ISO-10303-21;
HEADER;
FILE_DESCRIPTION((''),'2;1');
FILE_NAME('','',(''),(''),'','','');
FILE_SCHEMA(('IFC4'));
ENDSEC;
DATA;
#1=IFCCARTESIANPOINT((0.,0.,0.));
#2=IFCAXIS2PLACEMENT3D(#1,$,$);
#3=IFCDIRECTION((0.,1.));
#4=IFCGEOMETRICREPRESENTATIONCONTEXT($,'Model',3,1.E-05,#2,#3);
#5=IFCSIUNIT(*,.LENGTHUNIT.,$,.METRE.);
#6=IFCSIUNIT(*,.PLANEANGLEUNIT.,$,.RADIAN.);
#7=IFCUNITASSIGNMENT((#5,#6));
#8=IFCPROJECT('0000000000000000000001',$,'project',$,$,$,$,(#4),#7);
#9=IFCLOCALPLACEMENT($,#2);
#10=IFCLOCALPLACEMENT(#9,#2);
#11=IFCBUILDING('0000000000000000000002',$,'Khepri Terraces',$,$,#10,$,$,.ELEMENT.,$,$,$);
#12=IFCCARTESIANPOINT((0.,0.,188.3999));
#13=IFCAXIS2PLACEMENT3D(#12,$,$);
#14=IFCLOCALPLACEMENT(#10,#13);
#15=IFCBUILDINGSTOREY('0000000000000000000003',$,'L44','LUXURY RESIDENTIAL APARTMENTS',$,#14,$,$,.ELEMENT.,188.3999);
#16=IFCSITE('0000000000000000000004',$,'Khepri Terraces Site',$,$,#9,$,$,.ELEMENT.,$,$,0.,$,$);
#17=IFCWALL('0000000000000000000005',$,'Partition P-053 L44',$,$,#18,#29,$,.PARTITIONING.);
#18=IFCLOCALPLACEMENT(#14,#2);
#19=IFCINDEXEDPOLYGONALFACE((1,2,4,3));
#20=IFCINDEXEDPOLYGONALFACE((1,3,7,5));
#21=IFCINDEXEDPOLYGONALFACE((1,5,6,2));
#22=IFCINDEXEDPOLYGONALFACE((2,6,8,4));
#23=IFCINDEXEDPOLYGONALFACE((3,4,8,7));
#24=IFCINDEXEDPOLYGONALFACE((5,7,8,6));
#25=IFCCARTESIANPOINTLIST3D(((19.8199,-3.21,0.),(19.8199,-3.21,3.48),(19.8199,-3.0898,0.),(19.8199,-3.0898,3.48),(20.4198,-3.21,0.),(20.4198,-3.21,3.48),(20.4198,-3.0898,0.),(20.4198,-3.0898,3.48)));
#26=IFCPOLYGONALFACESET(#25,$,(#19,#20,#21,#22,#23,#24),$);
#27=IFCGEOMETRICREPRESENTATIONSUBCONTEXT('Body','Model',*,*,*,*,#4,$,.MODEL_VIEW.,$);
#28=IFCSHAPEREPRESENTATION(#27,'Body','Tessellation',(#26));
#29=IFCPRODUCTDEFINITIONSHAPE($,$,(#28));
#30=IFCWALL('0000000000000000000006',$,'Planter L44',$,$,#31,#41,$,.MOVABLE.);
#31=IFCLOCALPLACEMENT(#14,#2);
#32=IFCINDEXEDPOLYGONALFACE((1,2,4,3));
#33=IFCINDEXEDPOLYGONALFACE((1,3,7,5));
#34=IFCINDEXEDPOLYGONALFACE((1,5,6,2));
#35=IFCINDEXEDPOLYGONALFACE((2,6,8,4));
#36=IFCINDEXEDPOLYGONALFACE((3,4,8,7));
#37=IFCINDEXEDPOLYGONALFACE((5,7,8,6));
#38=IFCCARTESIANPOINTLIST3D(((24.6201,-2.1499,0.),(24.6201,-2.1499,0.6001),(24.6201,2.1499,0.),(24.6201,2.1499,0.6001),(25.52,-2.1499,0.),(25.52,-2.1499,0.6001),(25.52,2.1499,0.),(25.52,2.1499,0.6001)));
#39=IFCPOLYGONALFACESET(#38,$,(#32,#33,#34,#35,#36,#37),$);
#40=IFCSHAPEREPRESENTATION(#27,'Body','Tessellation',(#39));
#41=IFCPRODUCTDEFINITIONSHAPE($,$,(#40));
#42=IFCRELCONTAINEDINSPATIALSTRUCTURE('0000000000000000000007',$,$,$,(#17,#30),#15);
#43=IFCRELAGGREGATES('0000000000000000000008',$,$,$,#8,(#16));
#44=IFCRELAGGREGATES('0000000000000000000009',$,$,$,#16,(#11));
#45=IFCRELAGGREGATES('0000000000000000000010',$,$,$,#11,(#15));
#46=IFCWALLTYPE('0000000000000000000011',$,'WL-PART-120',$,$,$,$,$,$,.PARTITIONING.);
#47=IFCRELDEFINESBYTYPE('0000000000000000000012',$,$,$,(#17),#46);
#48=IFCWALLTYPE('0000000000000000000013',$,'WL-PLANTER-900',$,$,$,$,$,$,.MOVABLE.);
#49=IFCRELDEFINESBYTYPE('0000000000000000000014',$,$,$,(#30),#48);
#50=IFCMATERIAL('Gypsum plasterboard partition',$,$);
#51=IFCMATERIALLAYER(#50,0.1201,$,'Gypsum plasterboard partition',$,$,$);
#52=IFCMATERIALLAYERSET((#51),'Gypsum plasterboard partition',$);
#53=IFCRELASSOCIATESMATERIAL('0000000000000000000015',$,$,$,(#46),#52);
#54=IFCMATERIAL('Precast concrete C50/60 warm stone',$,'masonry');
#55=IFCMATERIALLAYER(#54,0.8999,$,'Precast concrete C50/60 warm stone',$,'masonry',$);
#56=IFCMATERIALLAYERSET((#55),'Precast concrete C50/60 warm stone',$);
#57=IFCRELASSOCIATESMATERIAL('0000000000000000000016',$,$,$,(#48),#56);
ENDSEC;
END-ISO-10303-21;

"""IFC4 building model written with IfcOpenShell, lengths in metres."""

from ifc_helpers import new_model, si_unit, direction, frame, frame_2d, origin, place, context, subcontext, project, spatial, rectangle, extrude, material, layer, layer_set, type_object, element, save


model = new_model("IFC4")

# Units and contexts
model_context = context("Model", 3, precision=1e-05, world=origin(), true_north=direction((0.0, 1.0)))
body_context = subcontext(model_context, "Body", "Model", "MODEL_VIEW")
ifc_project = project(units=[si_unit("LENGTHUNIT", "METRE"), si_unit("PLANEANGLEUNIT", "RADIAN")], contexts=[model_context])

# Site, building, storey
site_placement = place(None, origin())
site = spatial("IfcSite", under=ifc_project, at=site_placement, Name="Khepri Terraces Site", CompositionType="ELEMENT", RefElevation=0.0)
building_placement = place(site_placement, origin())
building = spatial("IfcBuilding", under=site, at=building_placement, Name="Khepri Terraces", CompositionType="ELEMENT")
storey_placement = place(building_placement, frame((0.0, 0.0, 188.3999)))
storey = spatial("IfcBuildingStorey", under=building, at=storey_placement, Name="L44", Description="LUXURY RESIDENTIAL APARTMENTS", CompositionType="ELEMENT", Elevation=188.3999)

# Shared definitions
ifc_material_1 = material(Name="Precast concrete C50/60 warm stone", Category="masonry")

# Shared definitions
ifc_material_2 = material(Name="Gypsum plasterboard partition")
ifc_layer_1 = layer(ifc_material_2, 0.1201, Name="Gypsum plasterboard partition")
ifc_layer_set_1 = layer_set([ifc_layer_1], Name="Gypsum plasterboard partition")
wall_type_1 = type_object("IfcWallType", Name="WL-PART-120", PredefinedType="PARTITIONING", material=ifc_layer_set_1)

# Walls
wall_1_placement = place(storey_placement, frame((19.8201, -3.1499, 0.0), z_axis=(0.0, 0.0, 1.0), x_axis=(1.0, 0.0, 0.0)))
element("IfcWall", 1, at=wall_1_placement, inside=storey, type_object=wall_type_1, Name="Partition P-053 L44", PredefinedType="PARTITIONING", context=body_context, shape_type="SweptSolid", body=[
    extrude(rectangle(XDim=0.5999, YDim=0.1201, at=frame_2d((0.2998, 0.0))), origin(), (0.0, 0.0, 1.0), 3.48),
])
ifc_layer_2 = layer(ifc_material_1, 0.8999, Name="Precast concrete C50/60 warm stone", Category="masonry")
ifc_layer_set_2 = layer_set([ifc_layer_2], Name="Precast concrete C50/60 warm stone")
wall_type_2 = type_object("IfcWallType", Name="WL-PLANTER-900", PredefinedType="MOVABLE", material=ifc_layer_set_2)
wall_2_placement = place(storey_placement, frame((25.0701, -2.1499, 0.0), z_axis=(0.0, 0.0, 1.0), x_axis=(0.0, 1.0, 0.0)))
element("IfcWall", 2, at=wall_2_placement, inside=storey, type_object=wall_type_2, Name="Planter L44", PredefinedType="MOVABLE", context=body_context, shape_type="SweptSolid", body=[
    extrude(rectangle(XDim=4.2998, YDim=0.8999, at=frame_2d((2.1499, 0.0))), origin(), (0.0, 0.0, 1.0), 0.6001),
])

save(model, "model.ifc")
